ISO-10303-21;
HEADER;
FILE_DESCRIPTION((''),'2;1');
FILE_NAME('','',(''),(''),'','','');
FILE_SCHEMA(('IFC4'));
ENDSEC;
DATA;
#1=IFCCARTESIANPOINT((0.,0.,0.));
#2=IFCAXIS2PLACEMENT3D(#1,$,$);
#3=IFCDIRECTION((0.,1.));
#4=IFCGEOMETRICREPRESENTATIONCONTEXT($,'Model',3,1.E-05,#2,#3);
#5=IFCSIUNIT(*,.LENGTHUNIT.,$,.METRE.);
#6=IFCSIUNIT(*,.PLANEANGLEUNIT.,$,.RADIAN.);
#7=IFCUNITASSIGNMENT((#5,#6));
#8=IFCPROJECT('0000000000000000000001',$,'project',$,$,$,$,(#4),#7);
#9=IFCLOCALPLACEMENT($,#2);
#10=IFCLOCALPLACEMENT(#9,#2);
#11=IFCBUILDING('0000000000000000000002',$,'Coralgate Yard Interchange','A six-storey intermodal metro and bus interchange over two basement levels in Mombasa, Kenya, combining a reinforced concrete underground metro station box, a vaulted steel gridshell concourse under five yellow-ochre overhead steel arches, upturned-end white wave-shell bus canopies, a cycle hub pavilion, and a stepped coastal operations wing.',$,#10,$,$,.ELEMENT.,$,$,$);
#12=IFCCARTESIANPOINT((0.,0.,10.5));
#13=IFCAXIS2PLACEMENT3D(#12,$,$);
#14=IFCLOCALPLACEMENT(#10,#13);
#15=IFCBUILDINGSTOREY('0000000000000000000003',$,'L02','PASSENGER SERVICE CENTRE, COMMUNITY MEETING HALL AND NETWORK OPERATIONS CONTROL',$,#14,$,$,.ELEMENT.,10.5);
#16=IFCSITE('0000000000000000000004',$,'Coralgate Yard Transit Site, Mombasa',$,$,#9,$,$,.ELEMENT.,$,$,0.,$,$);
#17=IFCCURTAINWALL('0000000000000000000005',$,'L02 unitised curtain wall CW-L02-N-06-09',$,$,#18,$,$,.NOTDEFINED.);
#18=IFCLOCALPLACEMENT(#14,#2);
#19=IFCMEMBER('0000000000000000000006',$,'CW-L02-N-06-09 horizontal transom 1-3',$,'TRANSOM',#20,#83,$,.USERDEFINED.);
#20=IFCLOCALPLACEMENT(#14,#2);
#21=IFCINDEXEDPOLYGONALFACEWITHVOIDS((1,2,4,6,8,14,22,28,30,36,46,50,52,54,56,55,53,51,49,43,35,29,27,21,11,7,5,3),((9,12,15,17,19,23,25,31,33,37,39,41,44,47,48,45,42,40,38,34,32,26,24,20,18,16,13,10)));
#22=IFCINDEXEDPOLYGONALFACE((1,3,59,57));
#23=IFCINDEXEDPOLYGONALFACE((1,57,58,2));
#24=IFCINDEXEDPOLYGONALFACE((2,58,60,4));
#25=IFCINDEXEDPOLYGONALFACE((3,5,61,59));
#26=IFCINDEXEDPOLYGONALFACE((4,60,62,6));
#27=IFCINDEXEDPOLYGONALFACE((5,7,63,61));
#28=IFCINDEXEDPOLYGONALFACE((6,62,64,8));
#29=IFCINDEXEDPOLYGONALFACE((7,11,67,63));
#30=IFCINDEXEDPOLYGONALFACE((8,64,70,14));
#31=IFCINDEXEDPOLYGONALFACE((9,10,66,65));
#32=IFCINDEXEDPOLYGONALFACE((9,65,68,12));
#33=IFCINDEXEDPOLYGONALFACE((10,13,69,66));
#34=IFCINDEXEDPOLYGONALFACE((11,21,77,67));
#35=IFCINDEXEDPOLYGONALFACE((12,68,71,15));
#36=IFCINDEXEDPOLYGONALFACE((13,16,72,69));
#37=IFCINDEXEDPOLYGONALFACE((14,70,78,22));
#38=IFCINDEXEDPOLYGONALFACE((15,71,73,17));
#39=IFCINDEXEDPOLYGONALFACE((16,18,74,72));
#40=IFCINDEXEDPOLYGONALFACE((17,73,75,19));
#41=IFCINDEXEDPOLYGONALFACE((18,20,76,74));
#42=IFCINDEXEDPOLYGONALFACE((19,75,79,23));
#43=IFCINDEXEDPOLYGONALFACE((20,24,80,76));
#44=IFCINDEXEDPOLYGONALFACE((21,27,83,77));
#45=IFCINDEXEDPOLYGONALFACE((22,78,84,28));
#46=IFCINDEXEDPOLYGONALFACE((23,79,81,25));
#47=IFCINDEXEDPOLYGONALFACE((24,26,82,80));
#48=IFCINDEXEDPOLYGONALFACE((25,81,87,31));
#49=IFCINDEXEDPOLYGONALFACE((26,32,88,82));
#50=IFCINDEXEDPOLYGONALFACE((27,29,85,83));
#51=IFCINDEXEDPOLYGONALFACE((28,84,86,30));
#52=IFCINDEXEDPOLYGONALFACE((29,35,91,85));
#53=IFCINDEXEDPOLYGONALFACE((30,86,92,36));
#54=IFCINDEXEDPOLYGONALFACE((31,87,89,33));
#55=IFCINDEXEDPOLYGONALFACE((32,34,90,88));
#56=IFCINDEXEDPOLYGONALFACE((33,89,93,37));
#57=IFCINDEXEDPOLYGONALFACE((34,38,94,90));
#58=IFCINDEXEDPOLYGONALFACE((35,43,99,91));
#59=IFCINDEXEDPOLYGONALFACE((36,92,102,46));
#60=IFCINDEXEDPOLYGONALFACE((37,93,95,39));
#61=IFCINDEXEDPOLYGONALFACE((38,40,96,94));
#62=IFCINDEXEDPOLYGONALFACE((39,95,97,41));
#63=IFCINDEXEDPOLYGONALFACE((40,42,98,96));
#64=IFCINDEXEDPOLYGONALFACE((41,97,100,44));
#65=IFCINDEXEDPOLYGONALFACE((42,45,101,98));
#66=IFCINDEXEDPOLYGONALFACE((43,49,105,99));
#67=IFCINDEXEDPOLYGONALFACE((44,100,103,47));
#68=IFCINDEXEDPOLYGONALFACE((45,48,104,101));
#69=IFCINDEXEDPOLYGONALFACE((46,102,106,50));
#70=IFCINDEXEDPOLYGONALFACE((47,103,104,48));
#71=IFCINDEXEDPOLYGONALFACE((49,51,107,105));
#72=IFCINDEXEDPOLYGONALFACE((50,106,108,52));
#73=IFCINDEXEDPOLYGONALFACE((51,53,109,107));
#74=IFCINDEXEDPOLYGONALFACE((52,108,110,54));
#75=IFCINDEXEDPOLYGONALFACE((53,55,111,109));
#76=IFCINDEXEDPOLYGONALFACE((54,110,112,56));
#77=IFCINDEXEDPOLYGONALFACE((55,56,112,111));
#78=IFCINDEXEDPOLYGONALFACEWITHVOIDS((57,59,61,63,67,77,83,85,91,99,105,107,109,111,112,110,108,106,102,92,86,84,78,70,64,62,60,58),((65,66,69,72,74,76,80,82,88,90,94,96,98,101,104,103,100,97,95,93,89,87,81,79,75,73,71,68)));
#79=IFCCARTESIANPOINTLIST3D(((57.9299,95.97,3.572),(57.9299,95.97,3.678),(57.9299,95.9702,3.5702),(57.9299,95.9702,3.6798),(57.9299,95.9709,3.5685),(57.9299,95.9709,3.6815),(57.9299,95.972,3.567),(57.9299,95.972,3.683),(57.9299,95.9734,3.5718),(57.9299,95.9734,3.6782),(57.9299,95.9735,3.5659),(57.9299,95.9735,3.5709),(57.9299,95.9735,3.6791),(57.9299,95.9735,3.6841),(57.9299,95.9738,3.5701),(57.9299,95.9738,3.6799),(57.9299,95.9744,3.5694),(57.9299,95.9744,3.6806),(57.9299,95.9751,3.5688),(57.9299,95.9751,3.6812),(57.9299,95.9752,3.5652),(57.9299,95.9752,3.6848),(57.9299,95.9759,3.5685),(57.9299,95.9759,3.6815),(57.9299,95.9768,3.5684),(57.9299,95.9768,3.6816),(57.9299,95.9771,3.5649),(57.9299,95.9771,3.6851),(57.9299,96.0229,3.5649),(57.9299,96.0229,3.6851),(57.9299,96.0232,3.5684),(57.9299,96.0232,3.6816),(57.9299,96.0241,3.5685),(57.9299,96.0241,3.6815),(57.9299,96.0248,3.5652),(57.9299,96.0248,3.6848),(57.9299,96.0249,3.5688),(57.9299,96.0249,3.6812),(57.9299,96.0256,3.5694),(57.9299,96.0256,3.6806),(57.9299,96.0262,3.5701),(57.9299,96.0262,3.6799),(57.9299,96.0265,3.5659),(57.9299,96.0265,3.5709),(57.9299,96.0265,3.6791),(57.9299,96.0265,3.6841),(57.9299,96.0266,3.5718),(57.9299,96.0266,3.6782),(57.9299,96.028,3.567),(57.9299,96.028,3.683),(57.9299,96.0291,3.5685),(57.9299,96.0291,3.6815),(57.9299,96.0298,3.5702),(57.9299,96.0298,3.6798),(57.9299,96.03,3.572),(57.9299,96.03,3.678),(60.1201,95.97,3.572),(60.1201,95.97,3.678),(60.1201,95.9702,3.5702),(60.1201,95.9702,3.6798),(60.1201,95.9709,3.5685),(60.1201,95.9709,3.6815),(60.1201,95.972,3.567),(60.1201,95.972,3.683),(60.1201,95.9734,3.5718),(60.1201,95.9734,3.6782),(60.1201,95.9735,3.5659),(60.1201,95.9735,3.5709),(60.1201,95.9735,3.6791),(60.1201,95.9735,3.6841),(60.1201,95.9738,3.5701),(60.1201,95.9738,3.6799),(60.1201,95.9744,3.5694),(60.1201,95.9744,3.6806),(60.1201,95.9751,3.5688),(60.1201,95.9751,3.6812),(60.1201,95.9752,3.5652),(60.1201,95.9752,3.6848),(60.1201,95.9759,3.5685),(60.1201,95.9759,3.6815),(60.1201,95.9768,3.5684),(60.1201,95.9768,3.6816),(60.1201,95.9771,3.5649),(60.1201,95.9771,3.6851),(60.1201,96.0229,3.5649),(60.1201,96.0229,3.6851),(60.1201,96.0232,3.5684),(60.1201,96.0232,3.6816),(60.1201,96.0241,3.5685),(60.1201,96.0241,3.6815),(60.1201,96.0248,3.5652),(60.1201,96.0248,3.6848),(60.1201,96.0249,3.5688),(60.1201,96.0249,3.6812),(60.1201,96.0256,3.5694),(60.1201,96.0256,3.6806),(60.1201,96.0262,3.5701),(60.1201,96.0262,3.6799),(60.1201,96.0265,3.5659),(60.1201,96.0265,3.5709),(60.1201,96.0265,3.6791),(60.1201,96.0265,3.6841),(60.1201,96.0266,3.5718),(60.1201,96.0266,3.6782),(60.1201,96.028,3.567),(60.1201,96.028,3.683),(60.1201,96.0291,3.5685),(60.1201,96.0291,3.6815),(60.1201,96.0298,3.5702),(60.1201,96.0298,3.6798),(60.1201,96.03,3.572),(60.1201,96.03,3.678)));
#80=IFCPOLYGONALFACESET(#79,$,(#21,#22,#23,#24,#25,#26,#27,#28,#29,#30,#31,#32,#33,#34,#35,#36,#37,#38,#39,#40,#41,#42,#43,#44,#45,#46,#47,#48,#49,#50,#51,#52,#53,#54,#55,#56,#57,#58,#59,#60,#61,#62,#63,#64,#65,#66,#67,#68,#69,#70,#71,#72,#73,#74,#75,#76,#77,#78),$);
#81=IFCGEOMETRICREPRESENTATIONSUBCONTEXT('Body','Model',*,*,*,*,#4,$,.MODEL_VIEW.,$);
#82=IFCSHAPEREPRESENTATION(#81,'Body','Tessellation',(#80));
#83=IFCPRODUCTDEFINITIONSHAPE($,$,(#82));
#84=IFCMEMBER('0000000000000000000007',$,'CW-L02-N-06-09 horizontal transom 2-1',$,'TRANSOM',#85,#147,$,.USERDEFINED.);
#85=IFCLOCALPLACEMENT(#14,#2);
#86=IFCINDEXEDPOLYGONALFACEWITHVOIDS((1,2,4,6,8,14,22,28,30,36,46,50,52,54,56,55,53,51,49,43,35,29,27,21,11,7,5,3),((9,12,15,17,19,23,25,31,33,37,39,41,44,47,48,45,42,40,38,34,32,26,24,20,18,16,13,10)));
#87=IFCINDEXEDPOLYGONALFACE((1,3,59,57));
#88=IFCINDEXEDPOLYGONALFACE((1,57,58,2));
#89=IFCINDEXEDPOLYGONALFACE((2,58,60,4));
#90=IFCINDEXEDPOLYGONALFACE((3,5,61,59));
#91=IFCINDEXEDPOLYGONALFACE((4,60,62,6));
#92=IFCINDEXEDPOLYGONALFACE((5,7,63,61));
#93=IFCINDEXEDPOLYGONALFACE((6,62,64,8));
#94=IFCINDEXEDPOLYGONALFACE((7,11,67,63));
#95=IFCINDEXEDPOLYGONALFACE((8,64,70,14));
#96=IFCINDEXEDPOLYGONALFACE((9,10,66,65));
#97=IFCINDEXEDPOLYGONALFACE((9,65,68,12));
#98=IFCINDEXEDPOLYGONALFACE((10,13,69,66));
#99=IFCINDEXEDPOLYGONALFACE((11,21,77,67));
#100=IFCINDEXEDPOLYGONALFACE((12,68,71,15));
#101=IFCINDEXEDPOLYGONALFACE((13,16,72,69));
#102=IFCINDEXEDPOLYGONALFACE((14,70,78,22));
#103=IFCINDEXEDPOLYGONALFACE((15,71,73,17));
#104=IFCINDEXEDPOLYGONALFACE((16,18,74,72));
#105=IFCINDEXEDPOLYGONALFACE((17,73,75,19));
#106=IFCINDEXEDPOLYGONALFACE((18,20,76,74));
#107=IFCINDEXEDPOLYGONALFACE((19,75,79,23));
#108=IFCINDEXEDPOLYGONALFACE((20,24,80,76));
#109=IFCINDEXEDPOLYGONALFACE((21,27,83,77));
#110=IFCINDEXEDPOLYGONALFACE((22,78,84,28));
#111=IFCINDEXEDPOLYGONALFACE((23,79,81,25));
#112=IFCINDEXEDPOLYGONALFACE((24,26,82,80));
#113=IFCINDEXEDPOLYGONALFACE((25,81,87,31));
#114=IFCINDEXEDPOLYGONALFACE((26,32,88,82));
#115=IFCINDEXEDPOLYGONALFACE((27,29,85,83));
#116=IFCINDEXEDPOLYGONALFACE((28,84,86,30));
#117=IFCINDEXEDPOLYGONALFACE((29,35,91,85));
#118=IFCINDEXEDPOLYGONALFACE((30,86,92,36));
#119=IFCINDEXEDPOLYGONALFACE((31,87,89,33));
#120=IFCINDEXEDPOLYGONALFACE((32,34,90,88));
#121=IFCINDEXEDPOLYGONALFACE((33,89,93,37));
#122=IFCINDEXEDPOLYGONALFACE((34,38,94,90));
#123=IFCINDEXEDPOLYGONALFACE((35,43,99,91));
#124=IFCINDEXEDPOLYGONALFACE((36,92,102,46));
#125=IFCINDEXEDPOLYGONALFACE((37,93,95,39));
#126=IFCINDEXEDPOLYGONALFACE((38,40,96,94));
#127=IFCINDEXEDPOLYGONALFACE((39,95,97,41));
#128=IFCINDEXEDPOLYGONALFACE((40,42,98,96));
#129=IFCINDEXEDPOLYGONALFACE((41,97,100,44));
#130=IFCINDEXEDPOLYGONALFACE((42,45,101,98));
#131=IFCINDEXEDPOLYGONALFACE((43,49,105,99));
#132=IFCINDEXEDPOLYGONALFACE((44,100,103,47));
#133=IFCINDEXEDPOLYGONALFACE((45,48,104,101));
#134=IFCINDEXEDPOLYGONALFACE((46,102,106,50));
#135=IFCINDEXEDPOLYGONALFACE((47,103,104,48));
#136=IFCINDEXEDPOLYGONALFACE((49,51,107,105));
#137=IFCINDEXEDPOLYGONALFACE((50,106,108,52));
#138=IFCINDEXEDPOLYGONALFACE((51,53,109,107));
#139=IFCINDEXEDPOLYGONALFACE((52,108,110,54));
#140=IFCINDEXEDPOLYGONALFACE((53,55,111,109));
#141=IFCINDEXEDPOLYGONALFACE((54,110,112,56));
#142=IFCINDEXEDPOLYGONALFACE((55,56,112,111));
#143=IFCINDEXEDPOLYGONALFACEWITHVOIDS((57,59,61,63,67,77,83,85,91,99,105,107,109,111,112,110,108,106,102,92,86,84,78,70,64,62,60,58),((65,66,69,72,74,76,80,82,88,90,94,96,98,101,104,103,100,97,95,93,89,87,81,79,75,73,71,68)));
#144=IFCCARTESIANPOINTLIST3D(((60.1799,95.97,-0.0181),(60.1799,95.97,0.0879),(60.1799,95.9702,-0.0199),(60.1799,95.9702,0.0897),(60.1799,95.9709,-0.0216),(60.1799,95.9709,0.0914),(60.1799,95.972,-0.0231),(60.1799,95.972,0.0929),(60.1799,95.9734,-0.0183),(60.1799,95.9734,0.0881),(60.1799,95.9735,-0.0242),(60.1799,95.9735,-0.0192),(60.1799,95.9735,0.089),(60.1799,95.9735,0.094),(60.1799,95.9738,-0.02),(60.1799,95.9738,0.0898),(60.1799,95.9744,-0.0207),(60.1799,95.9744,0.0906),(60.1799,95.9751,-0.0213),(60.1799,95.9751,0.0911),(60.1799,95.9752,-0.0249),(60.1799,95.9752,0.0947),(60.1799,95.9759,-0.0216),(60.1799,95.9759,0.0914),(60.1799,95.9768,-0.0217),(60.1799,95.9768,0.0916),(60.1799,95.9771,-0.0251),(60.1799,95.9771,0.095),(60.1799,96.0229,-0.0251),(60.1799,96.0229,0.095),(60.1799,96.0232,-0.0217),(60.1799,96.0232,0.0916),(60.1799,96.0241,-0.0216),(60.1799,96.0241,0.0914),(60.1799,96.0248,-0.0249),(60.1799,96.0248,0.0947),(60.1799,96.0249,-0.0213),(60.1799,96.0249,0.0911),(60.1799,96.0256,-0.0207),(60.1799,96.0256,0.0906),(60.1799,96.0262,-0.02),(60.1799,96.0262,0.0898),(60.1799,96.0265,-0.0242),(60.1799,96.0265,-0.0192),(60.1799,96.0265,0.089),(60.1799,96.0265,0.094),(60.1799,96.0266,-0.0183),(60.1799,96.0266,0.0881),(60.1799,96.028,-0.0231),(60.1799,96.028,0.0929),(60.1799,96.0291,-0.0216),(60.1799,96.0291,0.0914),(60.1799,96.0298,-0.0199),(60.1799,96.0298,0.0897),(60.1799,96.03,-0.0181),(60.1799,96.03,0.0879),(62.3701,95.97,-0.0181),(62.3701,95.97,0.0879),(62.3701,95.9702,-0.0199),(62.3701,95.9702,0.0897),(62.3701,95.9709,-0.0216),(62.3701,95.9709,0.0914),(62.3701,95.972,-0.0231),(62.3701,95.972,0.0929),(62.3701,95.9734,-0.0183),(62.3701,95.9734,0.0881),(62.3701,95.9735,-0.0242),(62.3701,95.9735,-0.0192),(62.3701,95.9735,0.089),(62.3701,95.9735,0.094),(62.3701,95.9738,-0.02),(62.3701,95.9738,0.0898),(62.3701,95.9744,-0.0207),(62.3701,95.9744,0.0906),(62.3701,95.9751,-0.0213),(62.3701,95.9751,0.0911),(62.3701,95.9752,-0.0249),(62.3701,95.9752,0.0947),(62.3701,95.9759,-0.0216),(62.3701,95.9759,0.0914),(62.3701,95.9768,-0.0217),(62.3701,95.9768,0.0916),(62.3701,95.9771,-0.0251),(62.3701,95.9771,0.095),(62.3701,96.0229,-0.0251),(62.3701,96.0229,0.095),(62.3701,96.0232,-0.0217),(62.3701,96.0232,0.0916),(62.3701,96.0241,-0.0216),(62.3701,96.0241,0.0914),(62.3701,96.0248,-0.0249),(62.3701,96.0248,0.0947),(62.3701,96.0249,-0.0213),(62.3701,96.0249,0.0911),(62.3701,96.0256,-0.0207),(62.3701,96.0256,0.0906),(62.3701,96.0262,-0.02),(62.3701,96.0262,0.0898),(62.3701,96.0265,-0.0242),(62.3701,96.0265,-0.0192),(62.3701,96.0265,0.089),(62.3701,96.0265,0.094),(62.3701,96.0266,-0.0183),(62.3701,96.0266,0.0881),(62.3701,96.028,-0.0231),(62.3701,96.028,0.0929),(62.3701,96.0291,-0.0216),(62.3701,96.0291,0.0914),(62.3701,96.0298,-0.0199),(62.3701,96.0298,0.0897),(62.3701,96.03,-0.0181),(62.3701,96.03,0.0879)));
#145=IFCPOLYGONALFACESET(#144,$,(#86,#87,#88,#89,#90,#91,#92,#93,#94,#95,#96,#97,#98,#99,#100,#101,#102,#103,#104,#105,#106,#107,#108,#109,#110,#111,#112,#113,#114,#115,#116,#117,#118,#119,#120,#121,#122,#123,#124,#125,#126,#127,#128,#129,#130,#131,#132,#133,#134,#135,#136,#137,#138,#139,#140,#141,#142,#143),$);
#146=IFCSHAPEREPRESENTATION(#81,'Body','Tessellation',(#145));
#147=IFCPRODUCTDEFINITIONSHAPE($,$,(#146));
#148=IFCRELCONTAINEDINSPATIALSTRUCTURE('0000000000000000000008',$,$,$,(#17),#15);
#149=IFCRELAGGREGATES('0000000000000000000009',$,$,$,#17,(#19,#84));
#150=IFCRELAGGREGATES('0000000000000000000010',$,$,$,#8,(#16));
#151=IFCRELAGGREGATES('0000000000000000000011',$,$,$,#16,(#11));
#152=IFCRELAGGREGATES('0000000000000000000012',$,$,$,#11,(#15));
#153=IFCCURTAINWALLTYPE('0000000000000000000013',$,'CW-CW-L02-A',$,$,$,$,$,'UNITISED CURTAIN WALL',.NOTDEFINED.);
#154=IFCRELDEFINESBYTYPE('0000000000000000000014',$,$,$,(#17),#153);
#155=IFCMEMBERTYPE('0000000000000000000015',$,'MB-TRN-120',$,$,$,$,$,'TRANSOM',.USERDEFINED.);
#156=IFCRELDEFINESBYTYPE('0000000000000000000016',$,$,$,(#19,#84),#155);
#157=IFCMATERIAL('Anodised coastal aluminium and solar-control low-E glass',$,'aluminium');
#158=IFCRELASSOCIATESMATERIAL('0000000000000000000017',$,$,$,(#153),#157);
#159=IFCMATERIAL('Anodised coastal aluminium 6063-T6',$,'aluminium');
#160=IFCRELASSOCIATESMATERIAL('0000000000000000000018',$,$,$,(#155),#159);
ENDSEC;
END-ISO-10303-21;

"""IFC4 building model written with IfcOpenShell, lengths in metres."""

from ifc_helpers import new_model, si_unit, direction, frame, origin, origin_2d, place, context, subcontext, project, spatial, hollow_rectangle, extrude, material, material_profile, profile_set, type_object, element, aggregate, save


model = new_model("IFC4")

# Units and contexts
model_context = context("Model", 3, precision=1e-05, world=origin(), true_north=direction((0.0, 1.0)))
body_context = subcontext(model_context, "Body", "Model", "MODEL_VIEW")
ifc_project = project(units=[si_unit("LENGTHUNIT", "METRE"), si_unit("PLANEANGLEUNIT", "RADIAN")], contexts=[model_context])

# Site, building, storey
site_placement = place(None, origin())
site = spatial("IfcSite", under=ifc_project, at=site_placement, Name="Coralgate Yard Transit Site, Mombasa", CompositionType="ELEMENT", RefElevation=0.0)
building_placement = place(site_placement, origin())
building = spatial("IfcBuilding", under=site, at=building_placement, Name="Coralgate Yard Interchange", Description="A six-storey intermodal metro and bus interchange over two basement levels in Mombasa, Kenya, combining a reinforced concrete underground metro station box, a vaulted steel gridshell concourse under five yellow-ochre overhead steel arches, upturned-end white wave-shell bus canopies, a cycle hub pavilion, and a stepped coastal operations wing.", CompositionType="ELEMENT")
storey_placement = place(building_placement, frame((0.0, 0.0, 10.5)))
storey = spatial("IfcBuildingStorey", under=building, at=storey_placement, Name="L02", Description="PASSENGER SERVICE CENTRE, COMMUNITY MEETING HALL AND NETWORK OPERATIONS CONTROL", CompositionType="ELEMENT", Elevation=10.5)

# Curtain wall, members
ifc_material_1 = material(Name="Anodised coastal aluminium and solar-control low-E glass", Category="aluminium")
curtain_wall_type = type_object("IfcCurtainWallType", Name="CW-CW-L02-A", ElementType="UNITISED CURTAIN WALL", PredefinedType="NOTDEFINED", material=ifc_material_1)
curtain_wall_placement = place(storey_placement, origin())
curtain_wall = element("IfcCurtainWall", 1, at=curtain_wall_placement, inside=storey, type_object=curtain_wall_type, Name="L02 unitised curtain wall CW-L02-N-06-09", PredefinedType="NOTDEFINED")
ifc_material_2 = material(Name="Anodised coastal aluminium 6063-T6", Category="aluminium")
ifc_material_profile_1 = material_profile(ifc_material_2, hollow_rectangle(XDim=0.0601, YDim=0.1201, WallThickness=0.0034, InnerFilletRadius=0.0034, OuterFilletRadius=0.0071, at=origin_2d()), Name="ALU 60x120x3.5")
ifc_profile_set_1 = profile_set([ifc_material_profile_1], Name="Anodised coastal aluminium 6063-T6")
member_type_1 = type_object("IfcMemberType", Name="MB-TRN-120", ElementType="TRANSOM", PredefinedType="USERDEFINED", material=ifc_profile_set_1)
member_1_placement = place(storey_placement, frame((57.9299, 96.0, 3.625), z_axis=(1.0, 0.0, 0.0), x_axis=(0.0, 1.0, 0.0)))
member_1 = element("IfcMember", 2, at=member_1_placement, type_object=member_type_1, Name="CW-L02-N-06-09 horizontal transom 1-3", ObjectType="TRANSOM", PredefinedType="USERDEFINED", context=body_context, shape_type="SweptSolid", body=[
    extrude(hollow_rectangle(XDim=0.0601, YDim=0.1201, WallThickness=0.0034, InnerFilletRadius=0.0034, OuterFilletRadius=0.0071, at=origin_2d()), origin(), (0.0, 0.0, 1.0), 2.1902),
])
member_2_placement = place(storey_placement, frame((60.1799, 96.0, 0.0349), z_axis=(1.0, 0.0, 0.0), x_axis=(0.0, 1.0, 0.0)))
member_2 = element("IfcMember", 3, at=member_2_placement, type_object=member_type_1, Name="CW-L02-N-06-09 horizontal transom 2-1", ObjectType="TRANSOM", PredefinedType="USERDEFINED", context=body_context, shape_type="SweptSolid", body=[
    extrude(hollow_rectangle(XDim=0.0601, YDim=0.1201, WallThickness=0.0034, InnerFilletRadius=0.0034, OuterFilletRadius=0.0071, at=origin_2d()), origin(), (0.0, 0.0, 1.0), 2.1902),
])
aggregate(curtain_wall, [member_1, member_2])

save(model, "model.ifc")
